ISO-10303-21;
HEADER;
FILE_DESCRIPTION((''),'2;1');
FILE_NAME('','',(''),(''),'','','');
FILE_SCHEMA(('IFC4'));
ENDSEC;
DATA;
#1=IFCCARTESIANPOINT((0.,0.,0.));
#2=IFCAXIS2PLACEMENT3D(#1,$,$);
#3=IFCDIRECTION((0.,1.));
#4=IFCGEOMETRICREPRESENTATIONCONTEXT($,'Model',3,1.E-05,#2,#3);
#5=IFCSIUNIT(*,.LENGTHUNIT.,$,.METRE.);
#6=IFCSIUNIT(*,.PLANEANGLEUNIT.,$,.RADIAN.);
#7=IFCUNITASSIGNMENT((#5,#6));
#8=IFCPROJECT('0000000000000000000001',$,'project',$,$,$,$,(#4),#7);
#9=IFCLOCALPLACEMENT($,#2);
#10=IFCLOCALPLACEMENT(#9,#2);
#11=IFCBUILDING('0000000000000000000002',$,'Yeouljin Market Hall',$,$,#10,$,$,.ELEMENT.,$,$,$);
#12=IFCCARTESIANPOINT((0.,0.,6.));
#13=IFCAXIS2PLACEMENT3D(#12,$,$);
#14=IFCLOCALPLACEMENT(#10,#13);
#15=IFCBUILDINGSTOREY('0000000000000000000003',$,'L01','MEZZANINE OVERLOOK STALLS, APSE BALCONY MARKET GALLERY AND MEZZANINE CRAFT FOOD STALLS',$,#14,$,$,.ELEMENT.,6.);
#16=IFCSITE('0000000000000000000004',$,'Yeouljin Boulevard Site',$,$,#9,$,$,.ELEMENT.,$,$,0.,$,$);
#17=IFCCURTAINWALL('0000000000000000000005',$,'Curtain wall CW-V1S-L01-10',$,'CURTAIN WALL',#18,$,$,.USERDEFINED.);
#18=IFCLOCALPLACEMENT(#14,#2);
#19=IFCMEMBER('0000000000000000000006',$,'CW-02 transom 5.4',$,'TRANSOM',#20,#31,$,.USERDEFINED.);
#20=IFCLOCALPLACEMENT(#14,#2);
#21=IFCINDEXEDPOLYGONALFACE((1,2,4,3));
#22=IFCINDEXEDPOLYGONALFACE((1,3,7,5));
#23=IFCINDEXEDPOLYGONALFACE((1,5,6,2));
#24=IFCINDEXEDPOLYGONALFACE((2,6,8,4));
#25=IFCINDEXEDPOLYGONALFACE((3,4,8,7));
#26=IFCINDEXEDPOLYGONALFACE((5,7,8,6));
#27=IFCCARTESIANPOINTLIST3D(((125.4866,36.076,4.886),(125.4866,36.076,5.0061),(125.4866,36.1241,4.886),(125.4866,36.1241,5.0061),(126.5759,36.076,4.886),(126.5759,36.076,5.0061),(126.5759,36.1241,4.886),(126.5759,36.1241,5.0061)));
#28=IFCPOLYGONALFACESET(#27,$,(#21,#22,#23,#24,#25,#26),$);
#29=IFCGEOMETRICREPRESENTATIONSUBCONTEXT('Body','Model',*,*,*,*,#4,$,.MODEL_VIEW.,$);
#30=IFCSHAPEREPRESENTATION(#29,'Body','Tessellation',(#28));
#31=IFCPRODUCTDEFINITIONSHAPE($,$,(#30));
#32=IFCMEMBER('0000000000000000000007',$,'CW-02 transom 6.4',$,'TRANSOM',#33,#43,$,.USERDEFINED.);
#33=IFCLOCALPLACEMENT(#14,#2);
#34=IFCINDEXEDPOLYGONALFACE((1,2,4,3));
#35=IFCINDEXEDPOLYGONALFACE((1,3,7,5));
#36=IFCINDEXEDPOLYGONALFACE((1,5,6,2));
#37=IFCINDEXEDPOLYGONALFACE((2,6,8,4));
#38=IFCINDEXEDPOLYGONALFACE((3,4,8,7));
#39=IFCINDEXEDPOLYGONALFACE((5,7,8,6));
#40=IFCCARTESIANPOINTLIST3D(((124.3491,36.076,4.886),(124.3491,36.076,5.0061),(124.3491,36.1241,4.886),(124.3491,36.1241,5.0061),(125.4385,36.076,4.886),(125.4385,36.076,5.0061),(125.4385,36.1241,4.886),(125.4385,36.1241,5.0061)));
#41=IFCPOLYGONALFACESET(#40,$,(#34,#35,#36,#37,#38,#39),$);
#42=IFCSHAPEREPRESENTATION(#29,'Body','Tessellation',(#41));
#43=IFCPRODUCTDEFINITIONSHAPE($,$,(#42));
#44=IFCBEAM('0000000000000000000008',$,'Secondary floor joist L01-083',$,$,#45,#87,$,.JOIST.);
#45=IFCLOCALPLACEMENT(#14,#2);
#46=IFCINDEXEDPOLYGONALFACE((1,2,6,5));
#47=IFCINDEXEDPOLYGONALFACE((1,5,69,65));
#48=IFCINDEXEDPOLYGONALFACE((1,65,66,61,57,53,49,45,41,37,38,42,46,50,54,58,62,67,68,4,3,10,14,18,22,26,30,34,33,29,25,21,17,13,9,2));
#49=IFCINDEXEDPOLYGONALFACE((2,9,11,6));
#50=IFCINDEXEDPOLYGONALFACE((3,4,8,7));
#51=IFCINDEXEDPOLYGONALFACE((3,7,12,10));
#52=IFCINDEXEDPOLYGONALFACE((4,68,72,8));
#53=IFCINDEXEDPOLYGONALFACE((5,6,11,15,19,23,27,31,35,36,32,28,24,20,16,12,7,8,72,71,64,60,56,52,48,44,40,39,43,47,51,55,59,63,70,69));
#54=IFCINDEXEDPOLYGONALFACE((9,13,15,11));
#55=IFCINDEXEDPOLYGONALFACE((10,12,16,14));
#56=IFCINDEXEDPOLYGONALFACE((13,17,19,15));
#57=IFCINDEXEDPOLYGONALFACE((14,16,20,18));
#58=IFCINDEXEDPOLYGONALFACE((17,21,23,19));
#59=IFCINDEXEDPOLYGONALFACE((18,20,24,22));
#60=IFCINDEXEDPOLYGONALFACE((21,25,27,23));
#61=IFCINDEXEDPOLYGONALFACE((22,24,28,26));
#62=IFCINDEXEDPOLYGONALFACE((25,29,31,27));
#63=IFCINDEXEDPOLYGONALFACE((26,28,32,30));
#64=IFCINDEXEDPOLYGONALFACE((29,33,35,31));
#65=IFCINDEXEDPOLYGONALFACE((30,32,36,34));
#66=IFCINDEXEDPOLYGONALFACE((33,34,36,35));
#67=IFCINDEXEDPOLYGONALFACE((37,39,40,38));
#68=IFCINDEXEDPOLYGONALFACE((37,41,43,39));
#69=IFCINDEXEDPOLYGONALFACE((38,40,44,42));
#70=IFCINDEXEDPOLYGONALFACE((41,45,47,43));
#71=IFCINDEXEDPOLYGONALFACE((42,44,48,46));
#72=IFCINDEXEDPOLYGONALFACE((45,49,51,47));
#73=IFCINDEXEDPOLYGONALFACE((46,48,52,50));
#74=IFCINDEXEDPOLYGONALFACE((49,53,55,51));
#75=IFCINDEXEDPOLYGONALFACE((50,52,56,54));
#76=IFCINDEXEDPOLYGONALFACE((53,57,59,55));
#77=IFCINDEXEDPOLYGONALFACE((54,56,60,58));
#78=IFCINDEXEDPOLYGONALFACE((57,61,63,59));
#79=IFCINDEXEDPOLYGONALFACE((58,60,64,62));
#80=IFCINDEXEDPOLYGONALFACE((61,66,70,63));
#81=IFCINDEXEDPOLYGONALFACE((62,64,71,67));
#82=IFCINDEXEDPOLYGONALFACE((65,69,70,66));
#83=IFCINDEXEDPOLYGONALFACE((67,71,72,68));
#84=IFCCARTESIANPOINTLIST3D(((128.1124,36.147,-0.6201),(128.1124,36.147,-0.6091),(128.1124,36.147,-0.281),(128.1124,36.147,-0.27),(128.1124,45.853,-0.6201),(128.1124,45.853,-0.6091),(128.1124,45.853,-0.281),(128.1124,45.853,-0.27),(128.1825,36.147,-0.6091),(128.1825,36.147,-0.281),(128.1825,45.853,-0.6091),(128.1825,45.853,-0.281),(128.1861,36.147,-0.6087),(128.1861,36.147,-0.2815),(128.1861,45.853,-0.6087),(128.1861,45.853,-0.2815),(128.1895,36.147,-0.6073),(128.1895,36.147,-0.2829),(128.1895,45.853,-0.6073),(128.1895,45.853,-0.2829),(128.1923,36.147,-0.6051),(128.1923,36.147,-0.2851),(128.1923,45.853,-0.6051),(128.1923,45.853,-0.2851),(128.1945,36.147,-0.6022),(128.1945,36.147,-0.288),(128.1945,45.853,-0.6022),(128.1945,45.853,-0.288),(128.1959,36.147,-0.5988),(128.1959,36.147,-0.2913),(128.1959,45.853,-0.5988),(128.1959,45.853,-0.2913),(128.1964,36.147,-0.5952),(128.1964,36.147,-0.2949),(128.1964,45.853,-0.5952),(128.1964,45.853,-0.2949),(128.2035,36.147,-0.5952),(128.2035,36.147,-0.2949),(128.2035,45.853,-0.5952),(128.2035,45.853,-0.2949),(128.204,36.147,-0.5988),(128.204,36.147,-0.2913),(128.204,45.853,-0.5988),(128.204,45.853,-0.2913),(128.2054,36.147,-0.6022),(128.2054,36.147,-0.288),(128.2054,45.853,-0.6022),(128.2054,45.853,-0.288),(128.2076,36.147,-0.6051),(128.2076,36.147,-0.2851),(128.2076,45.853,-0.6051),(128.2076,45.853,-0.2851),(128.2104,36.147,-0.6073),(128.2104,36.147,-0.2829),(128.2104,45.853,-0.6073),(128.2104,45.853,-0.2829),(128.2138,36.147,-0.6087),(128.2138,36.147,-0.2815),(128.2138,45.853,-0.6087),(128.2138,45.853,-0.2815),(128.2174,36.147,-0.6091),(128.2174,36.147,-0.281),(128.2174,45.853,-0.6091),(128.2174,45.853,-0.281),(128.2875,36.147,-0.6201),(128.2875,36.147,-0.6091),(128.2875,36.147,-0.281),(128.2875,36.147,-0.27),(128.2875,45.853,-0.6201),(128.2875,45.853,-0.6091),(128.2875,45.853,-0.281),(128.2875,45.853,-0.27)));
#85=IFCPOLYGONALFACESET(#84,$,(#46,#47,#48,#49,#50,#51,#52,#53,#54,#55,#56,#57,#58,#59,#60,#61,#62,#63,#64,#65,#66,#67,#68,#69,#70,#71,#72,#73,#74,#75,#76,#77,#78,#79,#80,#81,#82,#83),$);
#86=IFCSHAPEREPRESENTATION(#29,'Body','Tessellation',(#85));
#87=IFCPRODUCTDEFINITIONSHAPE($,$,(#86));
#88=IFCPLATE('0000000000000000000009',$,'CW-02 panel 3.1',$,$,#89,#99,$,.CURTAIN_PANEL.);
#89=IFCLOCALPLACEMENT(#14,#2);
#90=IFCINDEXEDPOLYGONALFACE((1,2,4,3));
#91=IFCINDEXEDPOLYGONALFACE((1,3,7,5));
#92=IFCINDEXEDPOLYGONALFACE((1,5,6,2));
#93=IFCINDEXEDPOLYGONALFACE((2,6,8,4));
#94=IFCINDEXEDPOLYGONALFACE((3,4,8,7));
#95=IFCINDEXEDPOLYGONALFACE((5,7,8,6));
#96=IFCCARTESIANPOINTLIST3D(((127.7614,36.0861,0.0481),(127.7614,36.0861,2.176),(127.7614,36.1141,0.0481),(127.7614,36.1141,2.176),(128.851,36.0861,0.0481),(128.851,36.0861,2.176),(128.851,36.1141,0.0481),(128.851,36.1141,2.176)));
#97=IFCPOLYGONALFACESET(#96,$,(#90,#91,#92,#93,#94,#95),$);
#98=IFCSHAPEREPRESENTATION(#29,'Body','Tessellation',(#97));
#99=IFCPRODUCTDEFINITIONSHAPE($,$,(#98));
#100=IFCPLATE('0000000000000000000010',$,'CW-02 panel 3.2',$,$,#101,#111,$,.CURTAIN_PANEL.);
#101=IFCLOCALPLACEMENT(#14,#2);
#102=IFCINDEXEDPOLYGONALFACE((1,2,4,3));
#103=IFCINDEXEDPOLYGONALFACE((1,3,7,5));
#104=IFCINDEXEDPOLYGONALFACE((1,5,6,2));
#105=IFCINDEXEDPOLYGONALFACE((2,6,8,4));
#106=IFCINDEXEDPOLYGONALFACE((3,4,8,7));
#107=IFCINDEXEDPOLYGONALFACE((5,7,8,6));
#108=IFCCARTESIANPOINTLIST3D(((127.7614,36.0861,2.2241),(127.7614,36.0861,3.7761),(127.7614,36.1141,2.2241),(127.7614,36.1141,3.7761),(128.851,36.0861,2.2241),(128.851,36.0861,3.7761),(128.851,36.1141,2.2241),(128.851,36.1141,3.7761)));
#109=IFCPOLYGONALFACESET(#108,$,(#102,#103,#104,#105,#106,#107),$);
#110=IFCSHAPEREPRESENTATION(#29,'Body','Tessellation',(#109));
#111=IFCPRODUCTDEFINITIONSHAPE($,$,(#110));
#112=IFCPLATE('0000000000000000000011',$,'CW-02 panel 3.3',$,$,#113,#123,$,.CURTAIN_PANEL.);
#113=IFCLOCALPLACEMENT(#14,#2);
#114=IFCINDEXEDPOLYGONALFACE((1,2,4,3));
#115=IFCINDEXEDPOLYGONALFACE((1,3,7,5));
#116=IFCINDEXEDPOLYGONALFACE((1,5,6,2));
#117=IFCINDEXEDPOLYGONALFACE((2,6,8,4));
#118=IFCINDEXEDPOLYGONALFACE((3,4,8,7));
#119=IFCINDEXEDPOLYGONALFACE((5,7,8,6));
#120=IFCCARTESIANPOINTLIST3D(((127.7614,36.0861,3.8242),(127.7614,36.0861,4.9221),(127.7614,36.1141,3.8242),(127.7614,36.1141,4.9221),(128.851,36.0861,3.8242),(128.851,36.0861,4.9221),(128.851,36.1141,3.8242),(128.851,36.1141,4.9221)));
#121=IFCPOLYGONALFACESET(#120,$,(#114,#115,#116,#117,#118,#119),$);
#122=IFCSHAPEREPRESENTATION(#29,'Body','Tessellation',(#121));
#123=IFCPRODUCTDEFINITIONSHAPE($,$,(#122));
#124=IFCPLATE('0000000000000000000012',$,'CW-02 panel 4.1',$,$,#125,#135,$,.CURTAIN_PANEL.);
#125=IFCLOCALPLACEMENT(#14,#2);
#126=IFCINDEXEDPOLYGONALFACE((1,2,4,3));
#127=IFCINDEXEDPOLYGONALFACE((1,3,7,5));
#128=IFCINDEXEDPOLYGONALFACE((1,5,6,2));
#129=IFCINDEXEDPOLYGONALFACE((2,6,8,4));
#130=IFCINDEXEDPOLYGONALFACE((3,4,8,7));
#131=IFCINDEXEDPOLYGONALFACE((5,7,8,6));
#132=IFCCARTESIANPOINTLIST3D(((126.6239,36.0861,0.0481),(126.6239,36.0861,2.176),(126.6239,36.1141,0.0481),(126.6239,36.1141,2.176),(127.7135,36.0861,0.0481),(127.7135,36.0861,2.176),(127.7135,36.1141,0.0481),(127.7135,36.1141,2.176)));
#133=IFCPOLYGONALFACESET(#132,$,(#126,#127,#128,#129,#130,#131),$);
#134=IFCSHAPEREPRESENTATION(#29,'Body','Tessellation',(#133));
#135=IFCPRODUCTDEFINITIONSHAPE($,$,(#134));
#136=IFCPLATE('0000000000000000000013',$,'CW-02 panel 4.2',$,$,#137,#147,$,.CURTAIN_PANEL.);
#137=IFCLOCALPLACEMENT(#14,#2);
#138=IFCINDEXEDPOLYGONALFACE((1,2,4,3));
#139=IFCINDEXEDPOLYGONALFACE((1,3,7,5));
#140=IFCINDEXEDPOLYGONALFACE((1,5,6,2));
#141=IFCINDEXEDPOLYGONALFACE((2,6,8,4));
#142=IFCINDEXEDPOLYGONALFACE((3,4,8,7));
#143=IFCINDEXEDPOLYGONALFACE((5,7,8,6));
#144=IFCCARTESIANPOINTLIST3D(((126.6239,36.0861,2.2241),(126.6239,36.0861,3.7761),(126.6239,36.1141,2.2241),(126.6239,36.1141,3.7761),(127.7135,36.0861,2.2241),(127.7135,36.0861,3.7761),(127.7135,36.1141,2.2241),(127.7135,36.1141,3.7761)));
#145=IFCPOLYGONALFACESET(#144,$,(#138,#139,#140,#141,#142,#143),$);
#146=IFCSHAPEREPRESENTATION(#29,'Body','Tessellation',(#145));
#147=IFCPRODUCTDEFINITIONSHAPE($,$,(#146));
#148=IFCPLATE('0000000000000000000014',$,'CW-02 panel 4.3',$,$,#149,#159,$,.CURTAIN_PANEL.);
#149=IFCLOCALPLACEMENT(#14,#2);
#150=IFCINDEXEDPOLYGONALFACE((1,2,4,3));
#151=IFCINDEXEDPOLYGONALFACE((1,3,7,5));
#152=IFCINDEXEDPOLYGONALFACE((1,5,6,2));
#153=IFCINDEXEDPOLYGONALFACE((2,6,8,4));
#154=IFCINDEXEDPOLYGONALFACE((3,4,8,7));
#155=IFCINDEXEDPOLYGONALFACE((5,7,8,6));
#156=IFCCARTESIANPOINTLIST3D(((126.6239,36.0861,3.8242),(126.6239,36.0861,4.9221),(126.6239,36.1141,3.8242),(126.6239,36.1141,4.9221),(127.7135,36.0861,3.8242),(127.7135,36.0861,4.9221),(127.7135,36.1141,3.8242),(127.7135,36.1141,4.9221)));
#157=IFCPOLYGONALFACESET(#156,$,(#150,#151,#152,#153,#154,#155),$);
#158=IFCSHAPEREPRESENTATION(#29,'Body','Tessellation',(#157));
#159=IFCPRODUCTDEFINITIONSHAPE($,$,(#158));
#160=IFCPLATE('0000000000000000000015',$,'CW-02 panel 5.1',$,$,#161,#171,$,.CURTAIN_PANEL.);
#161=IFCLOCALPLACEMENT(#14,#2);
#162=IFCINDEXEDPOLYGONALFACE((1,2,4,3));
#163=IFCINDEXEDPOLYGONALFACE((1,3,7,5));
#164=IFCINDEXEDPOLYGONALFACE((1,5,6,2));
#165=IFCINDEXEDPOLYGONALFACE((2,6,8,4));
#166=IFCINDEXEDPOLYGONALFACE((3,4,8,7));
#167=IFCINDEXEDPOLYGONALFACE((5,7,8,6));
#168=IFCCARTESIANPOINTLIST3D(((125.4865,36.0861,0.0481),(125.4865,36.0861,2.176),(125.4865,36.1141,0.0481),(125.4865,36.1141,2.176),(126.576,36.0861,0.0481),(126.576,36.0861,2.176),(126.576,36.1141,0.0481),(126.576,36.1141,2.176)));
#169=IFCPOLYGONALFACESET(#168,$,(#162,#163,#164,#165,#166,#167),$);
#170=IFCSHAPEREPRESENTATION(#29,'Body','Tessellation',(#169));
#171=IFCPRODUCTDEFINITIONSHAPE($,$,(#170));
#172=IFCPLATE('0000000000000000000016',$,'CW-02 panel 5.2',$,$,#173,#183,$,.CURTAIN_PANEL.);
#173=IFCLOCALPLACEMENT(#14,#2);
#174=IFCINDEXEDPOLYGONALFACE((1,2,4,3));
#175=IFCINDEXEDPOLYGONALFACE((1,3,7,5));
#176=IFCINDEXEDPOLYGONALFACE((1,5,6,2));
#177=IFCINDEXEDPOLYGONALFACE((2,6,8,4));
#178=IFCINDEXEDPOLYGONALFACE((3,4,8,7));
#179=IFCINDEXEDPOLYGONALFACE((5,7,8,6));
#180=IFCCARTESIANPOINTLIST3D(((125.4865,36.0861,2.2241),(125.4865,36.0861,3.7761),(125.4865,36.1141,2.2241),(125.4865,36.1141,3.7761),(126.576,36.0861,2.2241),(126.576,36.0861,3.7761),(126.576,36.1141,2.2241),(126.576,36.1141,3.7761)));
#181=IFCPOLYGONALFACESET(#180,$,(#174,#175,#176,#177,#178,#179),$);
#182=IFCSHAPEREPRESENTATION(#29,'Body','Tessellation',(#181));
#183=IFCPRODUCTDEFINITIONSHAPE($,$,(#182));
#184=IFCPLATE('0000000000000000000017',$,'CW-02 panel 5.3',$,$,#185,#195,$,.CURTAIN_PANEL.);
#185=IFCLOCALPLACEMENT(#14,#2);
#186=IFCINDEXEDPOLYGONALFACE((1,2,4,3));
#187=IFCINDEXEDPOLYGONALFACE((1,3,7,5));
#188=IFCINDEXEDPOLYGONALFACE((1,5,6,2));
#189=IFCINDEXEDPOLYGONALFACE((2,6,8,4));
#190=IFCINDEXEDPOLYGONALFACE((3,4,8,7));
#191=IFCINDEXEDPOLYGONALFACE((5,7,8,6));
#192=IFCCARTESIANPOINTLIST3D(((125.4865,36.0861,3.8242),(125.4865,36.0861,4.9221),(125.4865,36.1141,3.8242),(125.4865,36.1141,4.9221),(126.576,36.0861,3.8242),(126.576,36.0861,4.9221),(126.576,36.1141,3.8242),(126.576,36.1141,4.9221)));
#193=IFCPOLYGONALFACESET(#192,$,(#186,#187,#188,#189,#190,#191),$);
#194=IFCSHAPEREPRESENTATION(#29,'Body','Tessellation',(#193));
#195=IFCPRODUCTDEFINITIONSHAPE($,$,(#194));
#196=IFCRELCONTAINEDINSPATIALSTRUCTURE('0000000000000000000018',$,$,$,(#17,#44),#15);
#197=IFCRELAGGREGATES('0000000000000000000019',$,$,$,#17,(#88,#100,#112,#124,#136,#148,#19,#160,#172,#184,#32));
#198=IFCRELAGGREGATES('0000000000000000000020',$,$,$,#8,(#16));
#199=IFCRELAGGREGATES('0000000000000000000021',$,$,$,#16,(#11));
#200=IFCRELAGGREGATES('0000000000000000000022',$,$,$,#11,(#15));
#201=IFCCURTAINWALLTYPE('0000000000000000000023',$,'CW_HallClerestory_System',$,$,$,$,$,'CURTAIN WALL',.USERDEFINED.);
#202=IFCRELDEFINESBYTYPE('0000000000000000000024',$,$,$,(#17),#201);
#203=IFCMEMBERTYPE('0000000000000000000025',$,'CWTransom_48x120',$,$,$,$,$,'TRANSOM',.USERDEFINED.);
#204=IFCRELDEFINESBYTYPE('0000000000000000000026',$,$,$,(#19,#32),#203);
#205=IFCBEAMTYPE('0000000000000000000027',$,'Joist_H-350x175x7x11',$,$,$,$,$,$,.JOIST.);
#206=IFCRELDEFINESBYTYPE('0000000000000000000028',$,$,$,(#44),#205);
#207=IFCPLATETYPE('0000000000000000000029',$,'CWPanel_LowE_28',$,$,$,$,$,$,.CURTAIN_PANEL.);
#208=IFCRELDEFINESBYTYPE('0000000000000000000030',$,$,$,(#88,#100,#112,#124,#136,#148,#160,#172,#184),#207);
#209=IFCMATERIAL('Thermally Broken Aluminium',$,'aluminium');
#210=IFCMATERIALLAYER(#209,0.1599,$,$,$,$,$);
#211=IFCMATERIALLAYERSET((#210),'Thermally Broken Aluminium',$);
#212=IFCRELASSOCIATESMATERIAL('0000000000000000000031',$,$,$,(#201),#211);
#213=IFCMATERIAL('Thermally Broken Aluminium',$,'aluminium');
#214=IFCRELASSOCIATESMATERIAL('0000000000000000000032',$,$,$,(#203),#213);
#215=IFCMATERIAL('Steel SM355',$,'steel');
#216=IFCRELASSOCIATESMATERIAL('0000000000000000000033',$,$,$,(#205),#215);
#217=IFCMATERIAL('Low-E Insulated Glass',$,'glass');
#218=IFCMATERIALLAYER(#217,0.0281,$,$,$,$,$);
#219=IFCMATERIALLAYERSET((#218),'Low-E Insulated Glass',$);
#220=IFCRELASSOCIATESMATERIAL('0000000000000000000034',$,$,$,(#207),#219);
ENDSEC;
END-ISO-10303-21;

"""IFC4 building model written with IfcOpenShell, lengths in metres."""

from ifc_helpers import new_model, si_unit, direction, frame, origin, origin_2d, place, context, subcontext, project, spatial, rectangle, i_section, extrude, material, layer, layer_set, material_profile, profile_set, type_object, element, aggregate, save


model = new_model("IFC4")

# Units and contexts
model_context = context("Model", 3, precision=1e-05, world=origin(), true_north=direction((0.0, 1.0)))
body_context = subcontext(model_context, "Body", "Model", "MODEL_VIEW")
ifc_project = project(units=[si_unit("LENGTHUNIT", "METRE"), si_unit("PLANEANGLEUNIT", "RADIAN")], contexts=[model_context])

# Site, building, storey
site_placement = place(None, origin())
site = spatial("IfcSite", under=ifc_project, at=site_placement, Name="Yeouljin Boulevard Site", CompositionType="ELEMENT", RefElevation=0.0)
building_placement = place(site_placement, origin())
building = spatial("IfcBuilding", under=site, at=building_placement, Name="Yeouljin Market Hall", CompositionType="ELEMENT")
storey_placement = place(building_placement, frame((0.0, 0.0, 6.0)))
storey = spatial("IfcBuildingStorey", under=building, at=storey_placement, Name="L01", Description="MEZZANINE OVERLOOK STALLS, APSE BALCONY MARKET GALLERY AND MEZZANINE CRAFT FOOD STALLS", CompositionType="ELEMENT", Elevation=6.0)

# Curtain wall, members
ifc_material_1 = material(Name="Thermally Broken Aluminium", Category="aluminium")
ifc_layer_1 = layer(ifc_material_1, 0.1599)
ifc_layer_set_1 = layer_set([ifc_layer_1], Name="Thermally Broken Aluminium")
curtain_wall_type = type_object("IfcCurtainWallType", Name="CW_HallClerestory_System", ElementType="CURTAIN WALL", PredefinedType="USERDEFINED", material=ifc_layer_set_1)
curtain_wall_placement = place(storey_placement, origin())
curtain_wall = element("IfcCurtainWall", 1, at=curtain_wall_placement, inside=storey, type_object=curtain_wall_type, Name="Curtain wall CW-V1S-L01-10", ObjectType="CURTAIN WALL", PredefinedType="USERDEFINED")
ifc_material_2 = material(Name="Thermally Broken Aluminium", Category="aluminium")
ifc_material_profile_1 = material_profile(ifc_material_2, rectangle(XDim=0.0481, YDim=0.1201, at=origin_2d()), Name="CW-TRAN-48x120")
ifc_profile_set_1 = profile_set([ifc_material_profile_1], Name="Thermally Broken Aluminium")
member_type_1 = type_object("IfcMemberType", Name="CWTransom_48x120", ElementType="TRANSOM", PredefinedType="USERDEFINED", material=ifc_profile_set_1)
member_1_placement = place(storey_placement, frame((126.5759, 36.1001, 4.946), z_axis=(-1.0, 0.0, 0.0), x_axis=(0.0, -1.0, 0.0)))
member_1 = element("IfcMember", 2, at=member_1_placement, type_object=member_type_1, Name="CW-02 transom 5.4", ObjectType="TRANSOM", PredefinedType="USERDEFINED", context=body_context, shape_type="SweptSolid", body=[
    extrude(rectangle(XDim=0.0481, YDim=0.1201, at=origin_2d()), origin(), (0.0, 0.0, 1.0), 1.0894),
])
member_2_placement = place(storey_placement, frame((125.4385, 36.1001, 4.946), z_axis=(-1.0, 0.0, 0.0), x_axis=(0.0, -1.0, 0.0)))
member_2 = element("IfcMember", 3, at=member_2_placement, type_object=member_type_1, Name="CW-02 transom 6.4", ObjectType="TRANSOM", PredefinedType="USERDEFINED", context=body_context, shape_type="SweptSolid", body=[
    extrude(rectangle(XDim=0.0481, YDim=0.1201, at=origin_2d()), origin(), (0.0, 0.0, 1.0), 1.0894),
])

# Beam
ifc_material_3 = material(Name="Steel SM355", Category="steel")
ifc_material_profile_2 = material_profile(ifc_material_3, i_section(OverallWidth=0.175, OverallDepth=0.3501, WebThickness=0.0071, FlangeThickness=0.011, FilletRadius=0.0139, at=origin_2d()), Name="H-350x175x7x11")
ifc_profile_set_2 = profile_set([ifc_material_profile_2], Name="Steel SM355")
beam_type = type_object("IfcBeamType", Name="Joist_H-350x175x7x11", PredefinedType="JOIST", material=ifc_profile_set_2)
beam_placement = place(storey_placement, frame((128.2, 36.147, -0.4451), z_axis=(0.0, 1.0, 0.0), x_axis=(-1.0, 0.0, 0.0)))
element("IfcBeam", 4, at=beam_placement, inside=storey, type_object=beam_type, Name="Secondary floor joist L01-083", PredefinedType="JOIST", context=body_context, shape_type="SweptSolid", body=[
    extrude(i_section(OverallWidth=0.175, OverallDepth=0.3501, WebThickness=0.0071, FlangeThickness=0.011, FilletRadius=0.0139, at=origin_2d()), origin(), (0.0, 0.0, 1.0), 9.7061),
])

# Plates
ifc_material_4 = material(Name="Low-E Insulated Glass", Category="glass")
ifc_layer_2 = layer(ifc_material_4, 0.0281)
ifc_layer_set_2 = layer_set([ifc_layer_2], Name="Low-E Insulated Glass")
plate_type = type_object("IfcPlateType", Name="CWPanel_LowE_28", PredefinedType="CURTAIN_PANEL", material=ifc_layer_set_2)
plate_1_placement = place(storey_placement, frame((128.3062, 36.1001, 0.0481), z_axis=(0.0, 0.0, 1.0), x_axis=(-1.0, 0.0, 0.0)))
plate_1 = element("IfcPlate", 5, at=plate_1_placement, type_object=plate_type, Name="CW-02 panel 3.1", PredefinedType="CURTAIN_PANEL", context=body_context, shape_type="SweptSolid", body=[
    extrude(rectangle(XDim=1.0896, YDim=0.0281, at=origin_2d()), origin(), (0.0, 0.0, 1.0), 2.1279),
])
plate_2_placement = place(storey_placement, frame((128.3062, 36.1001, 2.2241), z_axis=(0.0, 0.0, 1.0), x_axis=(-1.0, 0.0, 0.0)))
plate_2 = element("IfcPlate", 6, at=plate_2_placement, type_object=plate_type, Name="CW-02 panel 3.2", PredefinedType="CURTAIN_PANEL", context=body_context, shape_type="SweptSolid", body=[
    extrude(rectangle(XDim=1.0896, YDim=0.0281, at=origin_2d()), origin(), (0.0, 0.0, 1.0), 1.552),
])
plate_3_placement = place(storey_placement, frame((128.3062, 36.1001, 3.8242), z_axis=(0.0, 0.0, 1.0), x_axis=(-1.0, 0.0, 0.0)))
plate_3 = element("IfcPlate", 7, at=plate_3_placement, type_object=plate_type, Name="CW-02 panel 3.3", PredefinedType="CURTAIN_PANEL", context=body_context, shape_type="SweptSolid", body=[
    extrude(rectangle(XDim=1.0896, YDim=0.0281, at=origin_2d()), origin(), (0.0, 0.0, 1.0), 1.0979),
])
plate_4_placement = place(storey_placement, frame((127.1687, 36.1001, 0.0481), z_axis=(0.0, 0.0, 1.0), x_axis=(-1.0, 0.0, 0.0)))
plate_4 = element("IfcPlate", 8, at=plate_4_placement, type_object=plate_type, Name="CW-02 panel 4.1", PredefinedType="CURTAIN_PANEL", context=body_context, shape_type="SweptSolid", body=[
    extrude(rectangle(XDim=1.0896, YDim=0.0281, at=origin_2d()), origin(), (0.0, 0.0, 1.0), 2.1279),
])
plate_5_placement = place(storey_placement, frame((127.1687, 36.1001, 2.2241), z_axis=(0.0, 0.0, 1.0), x_axis=(-1.0, 0.0, 0.0)))
plate_5 = element("IfcPlate", 9, at=plate_5_placement, type_object=plate_type, Name="CW-02 panel 4.2", PredefinedType="CURTAIN_PANEL", context=body_context, shape_type="SweptSolid", body=[
    extrude(rectangle(XDim=1.0896, YDim=0.0281, at=origin_2d()), origin(), (0.0, 0.0, 1.0), 1.552),
])
plate_6_placement = place(storey_placement, frame((127.1687, 36.1001, 3.8242), z_axis=(0.0, 0.0, 1.0), x_axis=(-1.0, 0.0, 0.0)))
plate_6 = element("IfcPlate", 10, at=plate_6_placement, type_object=plate_type, Name="CW-02 panel 4.3", PredefinedType="CURTAIN_PANEL", context=body_context, shape_type="SweptSolid", body=[
    extrude(rectangle(XDim=1.0896, YDim=0.0281, at=origin_2d()), origin(), (0.0, 0.0, 1.0), 1.0979),
])
plate_7_placement = place(storey_placement, frame((126.0312, 36.1001, 0.0481), z_axis=(0.0, 0.0, 1.0), x_axis=(-1.0, 0.0, 0.0)))
plate_7 = element("IfcPlate", 11, at=plate_7_placement, type_object=plate_type, Name="CW-02 panel 5.1", PredefinedType="CURTAIN_PANEL", context=body_context, shape_type="SweptSolid", body=[
    extrude(rectangle(XDim=1.0896, YDim=0.0281, at=origin_2d()), origin(), (0.0, 0.0, 1.0), 2.1279),
])
plate_8_placement = place(storey_placement, frame((126.0312, 36.1001, 2.2241), z_axis=(0.0, 0.0, 1.0), x_axis=(-1.0, 0.0, 0.0)))
plate_8 = element("IfcPlate", 12, at=plate_8_placement, type_object=plate_type, Name="CW-02 panel 5.2", PredefinedType="CURTAIN_PANEL", context=body_context, shape_type="SweptSolid", body=[
    extrude(rectangle(XDim=1.0896, YDim=0.0281, at=origin_2d()), origin(), (0.0, 0.0, 1.0), 1.552),
])
plate_9_placement = place(storey_placement, frame((126.0312, 36.1001, 3.8242), z_axis=(0.0, 0.0, 1.0), x_axis=(-1.0, 0.0, 0.0)))
plate_9 = element("IfcPlate", 13, at=plate_9_placement, type_object=plate_type, Name="CW-02 panel 5.3", PredefinedType="CURTAIN_PANEL", context=body_context, shape_type="SweptSolid", body=[
    extrude(rectangle(XDim=1.0896, YDim=0.0281, at=origin_2d()), origin(), (0.0, 0.0, 1.0), 1.0979),
])
aggregate(curtain_wall, [plate_1, plate_2, plate_3, plate_4, plate_5, plate_6, member_1, plate_7, plate_8, plate_9, member_2])

save(model, "model.ifc")
